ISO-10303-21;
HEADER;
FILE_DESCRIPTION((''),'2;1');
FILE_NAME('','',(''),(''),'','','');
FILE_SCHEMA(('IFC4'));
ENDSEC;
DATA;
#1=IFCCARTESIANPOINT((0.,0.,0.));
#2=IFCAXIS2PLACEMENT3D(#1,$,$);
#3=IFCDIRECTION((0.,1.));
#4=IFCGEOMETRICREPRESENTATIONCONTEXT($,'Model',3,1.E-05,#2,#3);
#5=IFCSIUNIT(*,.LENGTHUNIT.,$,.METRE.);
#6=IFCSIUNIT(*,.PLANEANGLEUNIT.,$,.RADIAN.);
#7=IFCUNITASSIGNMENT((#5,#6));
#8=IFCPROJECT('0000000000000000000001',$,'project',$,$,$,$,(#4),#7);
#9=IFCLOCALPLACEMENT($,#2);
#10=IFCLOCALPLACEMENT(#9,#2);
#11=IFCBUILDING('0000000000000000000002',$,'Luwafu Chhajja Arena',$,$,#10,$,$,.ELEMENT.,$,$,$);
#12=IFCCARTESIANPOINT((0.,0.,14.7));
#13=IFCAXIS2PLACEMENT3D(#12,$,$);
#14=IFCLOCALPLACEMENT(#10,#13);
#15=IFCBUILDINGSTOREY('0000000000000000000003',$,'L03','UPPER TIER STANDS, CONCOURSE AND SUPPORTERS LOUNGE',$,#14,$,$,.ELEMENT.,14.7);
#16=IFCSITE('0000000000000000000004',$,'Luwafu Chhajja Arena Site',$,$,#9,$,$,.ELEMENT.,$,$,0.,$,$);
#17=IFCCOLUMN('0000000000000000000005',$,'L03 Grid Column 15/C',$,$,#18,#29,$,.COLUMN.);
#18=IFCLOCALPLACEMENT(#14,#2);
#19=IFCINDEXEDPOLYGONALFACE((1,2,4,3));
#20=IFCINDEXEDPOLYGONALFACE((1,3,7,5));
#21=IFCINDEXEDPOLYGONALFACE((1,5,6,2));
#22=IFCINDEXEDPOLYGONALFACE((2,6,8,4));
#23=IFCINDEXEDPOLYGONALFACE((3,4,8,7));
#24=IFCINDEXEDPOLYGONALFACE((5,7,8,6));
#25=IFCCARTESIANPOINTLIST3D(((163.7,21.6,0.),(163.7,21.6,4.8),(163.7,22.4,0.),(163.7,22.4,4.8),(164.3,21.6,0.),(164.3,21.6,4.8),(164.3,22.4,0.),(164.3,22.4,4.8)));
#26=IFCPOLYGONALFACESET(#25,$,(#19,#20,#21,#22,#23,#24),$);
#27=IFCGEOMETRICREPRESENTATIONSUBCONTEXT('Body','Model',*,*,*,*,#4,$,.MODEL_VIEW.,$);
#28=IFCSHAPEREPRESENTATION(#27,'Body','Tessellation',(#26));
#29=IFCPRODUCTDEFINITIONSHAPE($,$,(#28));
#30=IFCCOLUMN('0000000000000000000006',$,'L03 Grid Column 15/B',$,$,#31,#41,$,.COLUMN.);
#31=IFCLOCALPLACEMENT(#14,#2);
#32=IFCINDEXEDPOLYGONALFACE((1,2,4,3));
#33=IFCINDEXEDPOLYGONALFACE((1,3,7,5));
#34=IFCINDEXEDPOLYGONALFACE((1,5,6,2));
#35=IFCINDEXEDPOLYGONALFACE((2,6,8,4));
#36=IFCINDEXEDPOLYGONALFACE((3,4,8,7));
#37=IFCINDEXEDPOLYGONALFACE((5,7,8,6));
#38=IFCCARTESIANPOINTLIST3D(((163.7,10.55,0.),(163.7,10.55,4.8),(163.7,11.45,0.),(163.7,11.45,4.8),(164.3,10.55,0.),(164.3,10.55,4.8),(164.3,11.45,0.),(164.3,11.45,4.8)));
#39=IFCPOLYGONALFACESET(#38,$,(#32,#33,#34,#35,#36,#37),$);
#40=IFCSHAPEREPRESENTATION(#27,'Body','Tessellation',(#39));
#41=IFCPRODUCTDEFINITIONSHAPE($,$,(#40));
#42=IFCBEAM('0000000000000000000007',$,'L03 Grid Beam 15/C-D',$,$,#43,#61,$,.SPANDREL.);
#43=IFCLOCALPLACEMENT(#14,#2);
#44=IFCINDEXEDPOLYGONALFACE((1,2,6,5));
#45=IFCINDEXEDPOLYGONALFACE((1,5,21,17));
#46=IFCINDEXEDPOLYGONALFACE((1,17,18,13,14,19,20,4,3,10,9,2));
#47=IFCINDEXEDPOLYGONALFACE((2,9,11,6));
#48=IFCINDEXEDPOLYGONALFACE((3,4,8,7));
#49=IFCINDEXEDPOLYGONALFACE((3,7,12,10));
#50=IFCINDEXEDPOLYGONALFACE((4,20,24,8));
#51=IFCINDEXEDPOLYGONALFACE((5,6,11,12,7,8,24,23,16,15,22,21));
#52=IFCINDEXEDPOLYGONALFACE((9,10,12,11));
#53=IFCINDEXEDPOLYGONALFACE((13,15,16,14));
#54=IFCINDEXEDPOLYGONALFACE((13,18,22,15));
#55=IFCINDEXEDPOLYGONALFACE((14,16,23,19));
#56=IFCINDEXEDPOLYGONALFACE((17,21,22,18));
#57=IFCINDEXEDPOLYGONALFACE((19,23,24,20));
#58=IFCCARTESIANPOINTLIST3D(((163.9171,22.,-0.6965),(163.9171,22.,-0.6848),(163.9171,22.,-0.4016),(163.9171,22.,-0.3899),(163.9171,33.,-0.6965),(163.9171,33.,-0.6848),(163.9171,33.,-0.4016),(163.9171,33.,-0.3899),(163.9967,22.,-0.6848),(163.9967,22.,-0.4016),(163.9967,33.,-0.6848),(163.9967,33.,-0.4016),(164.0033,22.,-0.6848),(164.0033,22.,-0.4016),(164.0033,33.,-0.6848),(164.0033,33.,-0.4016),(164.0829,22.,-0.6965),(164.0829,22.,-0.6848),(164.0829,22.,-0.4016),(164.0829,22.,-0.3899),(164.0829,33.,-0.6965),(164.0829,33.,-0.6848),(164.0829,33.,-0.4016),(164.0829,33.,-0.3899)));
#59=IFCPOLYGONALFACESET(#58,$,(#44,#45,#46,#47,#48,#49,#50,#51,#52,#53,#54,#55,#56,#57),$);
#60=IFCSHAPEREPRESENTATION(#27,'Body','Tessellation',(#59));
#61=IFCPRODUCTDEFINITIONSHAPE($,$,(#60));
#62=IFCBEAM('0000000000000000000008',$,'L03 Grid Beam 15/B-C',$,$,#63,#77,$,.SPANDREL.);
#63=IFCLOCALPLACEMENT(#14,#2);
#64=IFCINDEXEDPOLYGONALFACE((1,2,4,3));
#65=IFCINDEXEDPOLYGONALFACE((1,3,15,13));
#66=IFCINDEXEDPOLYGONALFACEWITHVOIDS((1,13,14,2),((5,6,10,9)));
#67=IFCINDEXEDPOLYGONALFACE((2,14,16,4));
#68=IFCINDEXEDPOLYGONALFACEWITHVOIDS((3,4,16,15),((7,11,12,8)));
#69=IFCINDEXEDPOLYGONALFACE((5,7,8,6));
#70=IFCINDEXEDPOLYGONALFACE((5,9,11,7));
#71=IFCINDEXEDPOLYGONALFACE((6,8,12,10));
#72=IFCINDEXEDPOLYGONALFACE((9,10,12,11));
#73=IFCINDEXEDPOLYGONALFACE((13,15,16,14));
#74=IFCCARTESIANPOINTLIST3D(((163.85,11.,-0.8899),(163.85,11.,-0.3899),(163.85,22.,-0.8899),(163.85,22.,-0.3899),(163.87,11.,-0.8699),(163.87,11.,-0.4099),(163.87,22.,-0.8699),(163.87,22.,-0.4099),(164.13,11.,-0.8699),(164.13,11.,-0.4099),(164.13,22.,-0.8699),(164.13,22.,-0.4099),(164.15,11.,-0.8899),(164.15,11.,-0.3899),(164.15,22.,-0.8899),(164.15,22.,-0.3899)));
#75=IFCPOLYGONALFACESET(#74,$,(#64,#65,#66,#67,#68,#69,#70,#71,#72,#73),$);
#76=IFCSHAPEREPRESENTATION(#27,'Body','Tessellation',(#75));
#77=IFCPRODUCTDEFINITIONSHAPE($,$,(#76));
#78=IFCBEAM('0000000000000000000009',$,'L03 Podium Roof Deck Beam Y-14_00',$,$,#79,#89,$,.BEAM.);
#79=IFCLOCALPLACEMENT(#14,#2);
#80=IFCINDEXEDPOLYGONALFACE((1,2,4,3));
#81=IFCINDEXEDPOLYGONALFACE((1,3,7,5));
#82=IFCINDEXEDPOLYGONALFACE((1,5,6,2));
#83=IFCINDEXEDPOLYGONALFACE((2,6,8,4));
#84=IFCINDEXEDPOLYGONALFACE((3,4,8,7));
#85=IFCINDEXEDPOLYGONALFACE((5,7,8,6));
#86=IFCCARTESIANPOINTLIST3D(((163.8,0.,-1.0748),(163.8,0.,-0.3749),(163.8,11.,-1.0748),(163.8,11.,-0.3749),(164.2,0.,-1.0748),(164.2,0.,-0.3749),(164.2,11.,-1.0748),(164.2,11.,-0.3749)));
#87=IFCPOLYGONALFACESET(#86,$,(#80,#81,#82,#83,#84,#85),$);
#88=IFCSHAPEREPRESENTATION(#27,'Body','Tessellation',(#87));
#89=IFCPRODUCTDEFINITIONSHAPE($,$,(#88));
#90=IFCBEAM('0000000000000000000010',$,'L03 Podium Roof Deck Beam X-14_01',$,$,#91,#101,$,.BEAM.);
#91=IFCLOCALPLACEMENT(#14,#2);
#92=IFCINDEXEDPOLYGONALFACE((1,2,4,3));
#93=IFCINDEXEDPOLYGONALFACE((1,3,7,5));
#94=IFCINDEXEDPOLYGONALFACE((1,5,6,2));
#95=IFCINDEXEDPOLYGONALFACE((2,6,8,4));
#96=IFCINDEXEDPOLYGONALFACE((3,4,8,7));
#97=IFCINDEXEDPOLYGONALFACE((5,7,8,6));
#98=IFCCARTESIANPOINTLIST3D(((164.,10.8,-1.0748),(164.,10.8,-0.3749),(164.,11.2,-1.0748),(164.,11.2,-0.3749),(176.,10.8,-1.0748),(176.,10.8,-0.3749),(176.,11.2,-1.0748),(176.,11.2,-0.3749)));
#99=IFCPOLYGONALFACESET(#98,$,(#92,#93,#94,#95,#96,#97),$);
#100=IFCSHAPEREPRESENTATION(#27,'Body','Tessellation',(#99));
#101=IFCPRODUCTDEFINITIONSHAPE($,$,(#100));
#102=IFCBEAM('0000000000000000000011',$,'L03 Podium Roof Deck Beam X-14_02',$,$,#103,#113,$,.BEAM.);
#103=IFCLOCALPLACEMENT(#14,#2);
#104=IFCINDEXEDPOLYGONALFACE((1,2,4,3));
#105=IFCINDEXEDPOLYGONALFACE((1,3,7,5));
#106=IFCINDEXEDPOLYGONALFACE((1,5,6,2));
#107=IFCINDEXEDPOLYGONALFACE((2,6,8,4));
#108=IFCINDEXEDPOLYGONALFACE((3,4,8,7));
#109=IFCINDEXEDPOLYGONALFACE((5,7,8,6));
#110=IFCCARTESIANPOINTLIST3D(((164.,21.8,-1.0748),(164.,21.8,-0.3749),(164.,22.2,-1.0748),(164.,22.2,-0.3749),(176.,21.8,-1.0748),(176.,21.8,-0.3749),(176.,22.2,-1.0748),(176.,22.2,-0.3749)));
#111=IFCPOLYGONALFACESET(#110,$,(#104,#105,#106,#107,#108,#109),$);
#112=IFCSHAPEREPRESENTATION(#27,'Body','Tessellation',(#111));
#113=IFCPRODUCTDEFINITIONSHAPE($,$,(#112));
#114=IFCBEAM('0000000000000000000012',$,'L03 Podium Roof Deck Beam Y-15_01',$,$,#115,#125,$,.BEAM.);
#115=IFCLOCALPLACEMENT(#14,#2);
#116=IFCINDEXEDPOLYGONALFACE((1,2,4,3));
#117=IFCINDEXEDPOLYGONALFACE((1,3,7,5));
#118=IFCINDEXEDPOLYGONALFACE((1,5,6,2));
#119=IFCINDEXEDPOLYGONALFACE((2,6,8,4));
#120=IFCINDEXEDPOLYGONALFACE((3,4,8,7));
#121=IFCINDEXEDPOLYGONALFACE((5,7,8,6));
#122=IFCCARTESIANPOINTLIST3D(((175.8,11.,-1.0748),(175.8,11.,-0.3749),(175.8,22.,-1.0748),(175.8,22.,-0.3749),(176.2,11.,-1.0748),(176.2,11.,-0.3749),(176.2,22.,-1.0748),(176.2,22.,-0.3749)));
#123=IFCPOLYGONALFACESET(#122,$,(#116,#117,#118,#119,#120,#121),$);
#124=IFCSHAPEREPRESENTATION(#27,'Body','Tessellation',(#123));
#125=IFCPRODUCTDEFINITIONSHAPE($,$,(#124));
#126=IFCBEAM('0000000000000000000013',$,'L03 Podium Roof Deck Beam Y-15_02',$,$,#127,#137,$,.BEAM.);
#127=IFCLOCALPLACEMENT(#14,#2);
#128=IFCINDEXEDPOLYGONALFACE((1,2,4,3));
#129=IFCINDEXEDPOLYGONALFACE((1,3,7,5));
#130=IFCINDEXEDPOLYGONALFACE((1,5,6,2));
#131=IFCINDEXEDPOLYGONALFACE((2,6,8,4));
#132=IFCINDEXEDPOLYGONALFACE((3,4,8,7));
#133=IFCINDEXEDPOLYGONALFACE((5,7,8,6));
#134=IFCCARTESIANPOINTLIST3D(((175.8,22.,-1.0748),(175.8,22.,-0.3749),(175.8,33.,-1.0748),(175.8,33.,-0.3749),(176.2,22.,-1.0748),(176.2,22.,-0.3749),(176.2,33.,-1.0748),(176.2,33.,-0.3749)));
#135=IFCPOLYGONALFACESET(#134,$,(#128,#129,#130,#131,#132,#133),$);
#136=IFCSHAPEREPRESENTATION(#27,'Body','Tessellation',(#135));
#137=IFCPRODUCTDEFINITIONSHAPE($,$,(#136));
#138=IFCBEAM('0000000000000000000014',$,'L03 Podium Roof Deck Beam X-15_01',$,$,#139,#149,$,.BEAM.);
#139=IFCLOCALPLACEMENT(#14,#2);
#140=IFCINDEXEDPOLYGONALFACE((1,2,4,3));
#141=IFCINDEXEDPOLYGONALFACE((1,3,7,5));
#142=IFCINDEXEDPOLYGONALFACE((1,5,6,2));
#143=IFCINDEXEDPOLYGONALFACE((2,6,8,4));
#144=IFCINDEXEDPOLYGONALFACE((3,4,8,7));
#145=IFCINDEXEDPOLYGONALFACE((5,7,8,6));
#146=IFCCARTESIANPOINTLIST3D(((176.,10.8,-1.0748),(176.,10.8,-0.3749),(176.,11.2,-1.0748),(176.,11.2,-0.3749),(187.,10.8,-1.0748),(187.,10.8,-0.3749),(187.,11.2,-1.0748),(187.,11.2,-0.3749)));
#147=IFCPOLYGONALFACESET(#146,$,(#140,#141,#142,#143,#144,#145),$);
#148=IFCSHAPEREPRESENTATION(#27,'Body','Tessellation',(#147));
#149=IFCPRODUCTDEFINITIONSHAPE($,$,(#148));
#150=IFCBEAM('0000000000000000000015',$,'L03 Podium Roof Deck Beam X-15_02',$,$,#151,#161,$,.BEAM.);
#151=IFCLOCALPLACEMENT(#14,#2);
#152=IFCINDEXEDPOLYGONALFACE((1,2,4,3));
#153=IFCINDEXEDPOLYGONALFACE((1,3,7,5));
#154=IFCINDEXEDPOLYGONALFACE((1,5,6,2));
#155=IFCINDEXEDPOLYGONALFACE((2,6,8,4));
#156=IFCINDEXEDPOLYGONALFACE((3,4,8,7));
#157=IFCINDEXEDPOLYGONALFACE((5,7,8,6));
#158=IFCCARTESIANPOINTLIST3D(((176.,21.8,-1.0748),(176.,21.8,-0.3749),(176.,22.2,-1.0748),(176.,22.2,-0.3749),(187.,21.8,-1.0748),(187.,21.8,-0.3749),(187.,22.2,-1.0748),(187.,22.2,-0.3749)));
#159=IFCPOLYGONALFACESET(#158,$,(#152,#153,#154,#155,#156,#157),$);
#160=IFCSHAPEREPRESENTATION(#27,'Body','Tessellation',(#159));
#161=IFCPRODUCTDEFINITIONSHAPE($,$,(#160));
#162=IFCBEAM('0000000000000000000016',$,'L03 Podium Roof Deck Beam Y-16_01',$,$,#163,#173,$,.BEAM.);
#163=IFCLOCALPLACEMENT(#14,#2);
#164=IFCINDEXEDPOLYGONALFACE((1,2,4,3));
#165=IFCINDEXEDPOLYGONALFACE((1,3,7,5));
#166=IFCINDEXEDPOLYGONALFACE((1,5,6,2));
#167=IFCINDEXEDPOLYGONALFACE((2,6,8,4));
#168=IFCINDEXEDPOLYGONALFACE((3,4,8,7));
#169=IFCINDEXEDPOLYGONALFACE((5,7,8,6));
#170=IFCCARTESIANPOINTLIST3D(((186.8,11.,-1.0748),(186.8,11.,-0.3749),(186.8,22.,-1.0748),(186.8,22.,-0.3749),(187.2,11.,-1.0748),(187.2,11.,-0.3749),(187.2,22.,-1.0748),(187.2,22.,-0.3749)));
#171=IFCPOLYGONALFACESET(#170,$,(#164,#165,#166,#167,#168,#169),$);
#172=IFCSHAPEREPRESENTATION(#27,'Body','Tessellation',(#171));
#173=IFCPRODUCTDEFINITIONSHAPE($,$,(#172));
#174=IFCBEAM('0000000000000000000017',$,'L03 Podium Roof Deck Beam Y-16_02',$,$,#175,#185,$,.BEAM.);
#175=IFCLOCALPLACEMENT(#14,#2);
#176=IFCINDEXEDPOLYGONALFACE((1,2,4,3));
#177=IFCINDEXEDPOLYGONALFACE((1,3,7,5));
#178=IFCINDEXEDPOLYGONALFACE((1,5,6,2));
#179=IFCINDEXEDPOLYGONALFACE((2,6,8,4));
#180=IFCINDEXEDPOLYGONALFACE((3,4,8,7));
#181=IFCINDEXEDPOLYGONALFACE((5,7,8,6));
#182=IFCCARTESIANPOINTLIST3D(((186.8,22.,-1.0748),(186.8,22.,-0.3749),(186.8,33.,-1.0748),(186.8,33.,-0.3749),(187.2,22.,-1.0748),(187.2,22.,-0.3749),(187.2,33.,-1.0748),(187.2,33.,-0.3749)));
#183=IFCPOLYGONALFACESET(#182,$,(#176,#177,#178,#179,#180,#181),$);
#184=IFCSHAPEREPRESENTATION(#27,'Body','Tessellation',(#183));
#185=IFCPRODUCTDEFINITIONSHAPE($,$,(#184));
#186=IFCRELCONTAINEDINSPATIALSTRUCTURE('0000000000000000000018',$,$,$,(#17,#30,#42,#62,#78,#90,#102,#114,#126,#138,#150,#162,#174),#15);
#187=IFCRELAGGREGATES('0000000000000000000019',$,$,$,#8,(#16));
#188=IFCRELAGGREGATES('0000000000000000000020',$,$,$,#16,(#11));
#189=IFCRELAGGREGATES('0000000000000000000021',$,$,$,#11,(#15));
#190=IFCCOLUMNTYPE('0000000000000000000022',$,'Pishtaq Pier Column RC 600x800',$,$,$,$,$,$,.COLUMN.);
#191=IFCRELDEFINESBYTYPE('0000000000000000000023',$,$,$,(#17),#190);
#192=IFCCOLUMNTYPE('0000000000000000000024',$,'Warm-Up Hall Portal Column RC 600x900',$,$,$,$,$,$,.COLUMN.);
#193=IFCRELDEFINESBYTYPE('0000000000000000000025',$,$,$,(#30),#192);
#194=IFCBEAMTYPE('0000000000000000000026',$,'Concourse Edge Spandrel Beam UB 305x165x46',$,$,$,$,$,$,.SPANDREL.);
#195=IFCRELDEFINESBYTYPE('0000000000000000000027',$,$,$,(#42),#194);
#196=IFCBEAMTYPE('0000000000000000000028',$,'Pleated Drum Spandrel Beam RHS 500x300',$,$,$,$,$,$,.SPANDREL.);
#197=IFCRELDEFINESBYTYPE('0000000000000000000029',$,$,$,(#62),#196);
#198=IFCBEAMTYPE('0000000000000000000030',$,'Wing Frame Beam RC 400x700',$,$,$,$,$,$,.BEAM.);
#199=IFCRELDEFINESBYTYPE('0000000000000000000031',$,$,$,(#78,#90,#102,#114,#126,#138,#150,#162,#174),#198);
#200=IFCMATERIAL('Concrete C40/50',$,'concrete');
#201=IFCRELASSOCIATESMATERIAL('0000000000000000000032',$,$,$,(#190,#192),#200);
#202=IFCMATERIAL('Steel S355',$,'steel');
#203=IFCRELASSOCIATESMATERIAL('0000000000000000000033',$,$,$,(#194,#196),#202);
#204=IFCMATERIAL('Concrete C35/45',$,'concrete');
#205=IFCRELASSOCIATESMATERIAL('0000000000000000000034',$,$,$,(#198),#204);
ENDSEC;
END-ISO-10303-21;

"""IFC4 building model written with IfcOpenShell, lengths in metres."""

from ifc_helpers import new_model, si_unit, direction, frame, origin, origin_2d, place, context, subcontext, project, spatial, rectangle, hollow_rectangle, i_section, extrude, material, material_profile, profile_set, type_object, element, save


model = new_model("IFC4")

# Units and contexts
model_context = context("Model", 3, precision=1e-05, world=origin(), true_north=direction((0.0, 1.0)))
body_context = subcontext(model_context, "Body", "Model", "MODEL_VIEW")
ifc_project = project(units=[si_unit("LENGTHUNIT", "METRE"), si_unit("PLANEANGLEUNIT", "RADIAN")], contexts=[model_context])

# Site, building, storey
site_placement = place(None, origin())
site = spatial("IfcSite", under=ifc_project, at=site_placement, Name="Luwafu Chhajja Arena Site", CompositionType="ELEMENT", RefElevation=0.0)
building_placement = place(site_placement, origin())
building = spatial("IfcBuilding", under=site, at=building_placement, Name="Luwafu Chhajja Arena", CompositionType="ELEMENT")
storey_placement = place(building_placement, frame((0.0, 0.0, 14.7)))
storey = spatial("IfcBuildingStorey", under=building, at=storey_placement, Name="L03", Description="UPPER TIER STANDS, CONCOURSE AND SUPPORTERS LOUNGE", CompositionType="ELEMENT", Elevation=14.7)

# Columns
ifc_material_1 = material(Name="Concrete C40/50", Category="concrete")
ifc_material_profile_1 = material_profile(ifc_material_1, rectangle(XDim=0.6001, YDim=0.8, at=origin_2d()), Name="RC 600x800")
ifc_profile_set_1 = profile_set([ifc_material_profile_1], Name="Concrete C40/50")
column_type_1 = type_object("IfcColumnType", Name="Pishtaq Pier Column RC 600x800", PredefinedType="COLUMN", material=ifc_profile_set_1)
column_1_placement = place(storey_placement, frame((164.0, 22.0, 0.0), z_axis=(0.0, 0.0, 1.0), x_axis=(1.0, 0.0, 0.0)))
element("IfcColumn", 1, at=column_1_placement, inside=storey, type_object=column_type_1, Name="L03 Grid Column 15/C", PredefinedType="COLUMN", context=body_context, shape_type="SweptSolid", body=[
    extrude(rectangle(XDim=0.6001, YDim=0.8, at=origin_2d()), origin(), (0.0, 0.0, 1.0), 4.8),
])
ifc_material_profile_2 = material_profile(ifc_material_1, rectangle(XDim=0.6001, YDim=0.8999, at=origin_2d()), Name="RC 600x900")
ifc_profile_set_2 = profile_set([ifc_material_profile_2], Name="Concrete C40/50")
column_type_2 = type_object("IfcColumnType", Name="Warm-Up Hall Portal Column RC 600x900", PredefinedType="COLUMN", material=ifc_profile_set_2)
column_2_placement = place(storey_placement, frame((164.0, 11.0, 0.0), z_axis=(0.0, 0.0, 1.0), x_axis=(1.0, 0.0, 0.0)))
element("IfcColumn", 2, at=column_2_placement, inside=storey, type_object=column_type_2, Name="L03 Grid Column 15/B", PredefinedType="COLUMN", context=body_context, shape_type="SweptSolid", body=[
    extrude(rectangle(XDim=0.6001, YDim=0.8999, at=origin_2d()), origin(), (0.0, 0.0, 1.0), 4.8),
])

# Beams
ifc_material_2 = material(Name="Steel S355", Category="steel")
ifc_material_profile_3 = material_profile(ifc_material_2, i_section(OverallWidth=0.1658, OverallDepth=0.3066, WebThickness=0.0066, FlangeThickness=0.0117, at=origin_2d()), Name="UB 305x165x46")
ifc_profile_set_3 = profile_set([ifc_material_profile_3], Name="Steel S355")
beam_type_1 = type_object("IfcBeamType", Name="Concourse Edge Spandrel Beam UB 305x165x46", PredefinedType="SPANDREL", material=ifc_profile_set_3)
beam_1_placement = place(storey_placement, frame((164.0, 22.0, -0.5432), z_axis=(0.0, 1.0, 0.0), x_axis=(-1.0, 0.0, 0.0)))
element("IfcBeam", 3, at=beam_1_placement, inside=storey, type_object=beam_type_1, Name="L03 Grid Beam 15/C-D", PredefinedType="SPANDREL", context=body_context, shape_type="SweptSolid", body=[
    extrude(i_section(OverallWidth=0.1658, OverallDepth=0.3066, WebThickness=0.0066, FlangeThickness=0.0117, at=origin_2d()), origin(), (0.0, 0.0, 1.0), 11.0),
])
ifc_material_profile_4 = material_profile(ifc_material_2, hollow_rectangle(XDim=0.3, YDim=0.5, WallThickness=0.02, at=origin_2d()), Name="RHS 500x300x20")
ifc_profile_set_4 = profile_set([ifc_material_profile_4], Name="Steel S355")
beam_type_2 = type_object("IfcBeamType", Name="Pleated Drum Spandrel Beam RHS 500x300", PredefinedType="SPANDREL", material=ifc_profile_set_4)
beam_2_placement = place(storey_placement, frame((164.0, 11.0, -0.6399), z_axis=(0.0, 1.0, 0.0), x_axis=(-1.0, 0.0, 0.0)))
element("IfcBeam", 4, at=beam_2_placement, inside=storey, type_object=beam_type_2, Name="L03 Grid Beam 15/B-C", PredefinedType="SPANDREL", context=body_context, shape_type="SweptSolid", body=[
    extrude(hollow_rectangle(XDim=0.3, YDim=0.5, WallThickness=0.02, at=origin_2d()), origin(), (0.0, 0.0, 1.0), 11.0),
])
ifc_material_3 = material(Name="Concrete C35/45", Category="concrete")
ifc_material_profile_5 = material_profile(ifc_material_3, rectangle(XDim=0.3999, YDim=0.7, at=origin_2d()), Name="RC 400x700")
ifc_profile_set_5 = profile_set([ifc_material_profile_5], Name="Concrete C35/45")
beam_type_3 = type_object("IfcBeamType", Name="Wing Frame Beam RC 400x700", PredefinedType="BEAM", material=ifc_profile_set_5)
beam_3_placement = place(storey_placement, frame((164.0, 0.0, -0.7249), z_axis=(0.0, 1.0, 0.0), x_axis=(-1.0, 0.0, 0.0)))
element("IfcBeam", 5, at=beam_3_placement, inside=storey, type_object=beam_type_3, Name="L03 Podium Roof Deck Beam Y-14_00", PredefinedType="BEAM", context=body_context, shape_type="SweptSolid", body=[
    extrude(rectangle(XDim=0.3999, YDim=0.7, at=origin_2d()), origin(), (0.0, 0.0, 1.0), 11.0),
])
for number, where, z_axis, x_axis, name in (
    (6, (164.0, 11.0, -0.7249), (1.0, 0.0, 0.0), (0.0, 1.0, 0.0), "L03 Podium Roof Deck Beam X-14_01"),
    (7, (164.0, 22.0, -0.7249), (1.0, 0.0, 0.0), (0.0, 1.0, 0.0), "L03 Podium Roof Deck Beam X-14_02"),
):
    element("IfcBeam", number, at=place(storey_placement, frame(where, z_axis=z_axis, x_axis=x_axis)), inside=storey, type_object=beam_type_3, Name=name, PredefinedType="BEAM", context=body_context, shape_type="SweptSolid", body=[
        extrude(rectangle(XDim=0.3999, YDim=0.7, at=origin_2d()), origin(), (0.0, 0.0, 1.0), 12.0),
    ])
for number, where, z_axis, x_axis, name in (
    (8, (176.0, 11.0, -0.7249), (0.0, 1.0, 0.0), (-1.0, 0.0, 0.0), "L03 Podium Roof Deck Beam Y-15_01"),
    (9, (176.0, 22.0, -0.7249), (0.0, 1.0, 0.0), (-1.0, 0.0, 0.0), "L03 Podium Roof Deck Beam Y-15_02"),
    (10, (176.0, 11.0, -0.7249), (1.0, 0.0, 0.0), (0.0, 1.0, 0.0), "L03 Podium Roof Deck Beam X-15_01"),
    (11, (176.0, 22.0, -0.7249), (1.0, 0.0, 0.0), (0.0, 1.0, 0.0), "L03 Podium Roof Deck Beam X-15_02"),
    (12, (187.0, 11.0, -0.7249), (0.0, 1.0, 0.0), (-1.0, 0.0, 0.0), "L03 Podium Roof Deck Beam Y-16_01"),
    (13, (187.0, 22.0, -0.7249), (0.0, 1.0, 0.0), (-1.0, 0.0, 0.0), "L03 Podium Roof Deck Beam Y-16_02"),
):
    element("IfcBeam", number, at=place(storey_placement, frame(where, z_axis=z_axis, x_axis=x_axis)), inside=storey, type_object=beam_type_3, Name=name, PredefinedType="BEAM", context=body_context, shape_type="SweptSolid", body=[
        extrude(rectangle(XDim=0.3999, YDim=0.7, at=origin_2d()), origin(), (0.0, 0.0, 1.0), 11.0),
    ])

save(model, "model.ifc")
